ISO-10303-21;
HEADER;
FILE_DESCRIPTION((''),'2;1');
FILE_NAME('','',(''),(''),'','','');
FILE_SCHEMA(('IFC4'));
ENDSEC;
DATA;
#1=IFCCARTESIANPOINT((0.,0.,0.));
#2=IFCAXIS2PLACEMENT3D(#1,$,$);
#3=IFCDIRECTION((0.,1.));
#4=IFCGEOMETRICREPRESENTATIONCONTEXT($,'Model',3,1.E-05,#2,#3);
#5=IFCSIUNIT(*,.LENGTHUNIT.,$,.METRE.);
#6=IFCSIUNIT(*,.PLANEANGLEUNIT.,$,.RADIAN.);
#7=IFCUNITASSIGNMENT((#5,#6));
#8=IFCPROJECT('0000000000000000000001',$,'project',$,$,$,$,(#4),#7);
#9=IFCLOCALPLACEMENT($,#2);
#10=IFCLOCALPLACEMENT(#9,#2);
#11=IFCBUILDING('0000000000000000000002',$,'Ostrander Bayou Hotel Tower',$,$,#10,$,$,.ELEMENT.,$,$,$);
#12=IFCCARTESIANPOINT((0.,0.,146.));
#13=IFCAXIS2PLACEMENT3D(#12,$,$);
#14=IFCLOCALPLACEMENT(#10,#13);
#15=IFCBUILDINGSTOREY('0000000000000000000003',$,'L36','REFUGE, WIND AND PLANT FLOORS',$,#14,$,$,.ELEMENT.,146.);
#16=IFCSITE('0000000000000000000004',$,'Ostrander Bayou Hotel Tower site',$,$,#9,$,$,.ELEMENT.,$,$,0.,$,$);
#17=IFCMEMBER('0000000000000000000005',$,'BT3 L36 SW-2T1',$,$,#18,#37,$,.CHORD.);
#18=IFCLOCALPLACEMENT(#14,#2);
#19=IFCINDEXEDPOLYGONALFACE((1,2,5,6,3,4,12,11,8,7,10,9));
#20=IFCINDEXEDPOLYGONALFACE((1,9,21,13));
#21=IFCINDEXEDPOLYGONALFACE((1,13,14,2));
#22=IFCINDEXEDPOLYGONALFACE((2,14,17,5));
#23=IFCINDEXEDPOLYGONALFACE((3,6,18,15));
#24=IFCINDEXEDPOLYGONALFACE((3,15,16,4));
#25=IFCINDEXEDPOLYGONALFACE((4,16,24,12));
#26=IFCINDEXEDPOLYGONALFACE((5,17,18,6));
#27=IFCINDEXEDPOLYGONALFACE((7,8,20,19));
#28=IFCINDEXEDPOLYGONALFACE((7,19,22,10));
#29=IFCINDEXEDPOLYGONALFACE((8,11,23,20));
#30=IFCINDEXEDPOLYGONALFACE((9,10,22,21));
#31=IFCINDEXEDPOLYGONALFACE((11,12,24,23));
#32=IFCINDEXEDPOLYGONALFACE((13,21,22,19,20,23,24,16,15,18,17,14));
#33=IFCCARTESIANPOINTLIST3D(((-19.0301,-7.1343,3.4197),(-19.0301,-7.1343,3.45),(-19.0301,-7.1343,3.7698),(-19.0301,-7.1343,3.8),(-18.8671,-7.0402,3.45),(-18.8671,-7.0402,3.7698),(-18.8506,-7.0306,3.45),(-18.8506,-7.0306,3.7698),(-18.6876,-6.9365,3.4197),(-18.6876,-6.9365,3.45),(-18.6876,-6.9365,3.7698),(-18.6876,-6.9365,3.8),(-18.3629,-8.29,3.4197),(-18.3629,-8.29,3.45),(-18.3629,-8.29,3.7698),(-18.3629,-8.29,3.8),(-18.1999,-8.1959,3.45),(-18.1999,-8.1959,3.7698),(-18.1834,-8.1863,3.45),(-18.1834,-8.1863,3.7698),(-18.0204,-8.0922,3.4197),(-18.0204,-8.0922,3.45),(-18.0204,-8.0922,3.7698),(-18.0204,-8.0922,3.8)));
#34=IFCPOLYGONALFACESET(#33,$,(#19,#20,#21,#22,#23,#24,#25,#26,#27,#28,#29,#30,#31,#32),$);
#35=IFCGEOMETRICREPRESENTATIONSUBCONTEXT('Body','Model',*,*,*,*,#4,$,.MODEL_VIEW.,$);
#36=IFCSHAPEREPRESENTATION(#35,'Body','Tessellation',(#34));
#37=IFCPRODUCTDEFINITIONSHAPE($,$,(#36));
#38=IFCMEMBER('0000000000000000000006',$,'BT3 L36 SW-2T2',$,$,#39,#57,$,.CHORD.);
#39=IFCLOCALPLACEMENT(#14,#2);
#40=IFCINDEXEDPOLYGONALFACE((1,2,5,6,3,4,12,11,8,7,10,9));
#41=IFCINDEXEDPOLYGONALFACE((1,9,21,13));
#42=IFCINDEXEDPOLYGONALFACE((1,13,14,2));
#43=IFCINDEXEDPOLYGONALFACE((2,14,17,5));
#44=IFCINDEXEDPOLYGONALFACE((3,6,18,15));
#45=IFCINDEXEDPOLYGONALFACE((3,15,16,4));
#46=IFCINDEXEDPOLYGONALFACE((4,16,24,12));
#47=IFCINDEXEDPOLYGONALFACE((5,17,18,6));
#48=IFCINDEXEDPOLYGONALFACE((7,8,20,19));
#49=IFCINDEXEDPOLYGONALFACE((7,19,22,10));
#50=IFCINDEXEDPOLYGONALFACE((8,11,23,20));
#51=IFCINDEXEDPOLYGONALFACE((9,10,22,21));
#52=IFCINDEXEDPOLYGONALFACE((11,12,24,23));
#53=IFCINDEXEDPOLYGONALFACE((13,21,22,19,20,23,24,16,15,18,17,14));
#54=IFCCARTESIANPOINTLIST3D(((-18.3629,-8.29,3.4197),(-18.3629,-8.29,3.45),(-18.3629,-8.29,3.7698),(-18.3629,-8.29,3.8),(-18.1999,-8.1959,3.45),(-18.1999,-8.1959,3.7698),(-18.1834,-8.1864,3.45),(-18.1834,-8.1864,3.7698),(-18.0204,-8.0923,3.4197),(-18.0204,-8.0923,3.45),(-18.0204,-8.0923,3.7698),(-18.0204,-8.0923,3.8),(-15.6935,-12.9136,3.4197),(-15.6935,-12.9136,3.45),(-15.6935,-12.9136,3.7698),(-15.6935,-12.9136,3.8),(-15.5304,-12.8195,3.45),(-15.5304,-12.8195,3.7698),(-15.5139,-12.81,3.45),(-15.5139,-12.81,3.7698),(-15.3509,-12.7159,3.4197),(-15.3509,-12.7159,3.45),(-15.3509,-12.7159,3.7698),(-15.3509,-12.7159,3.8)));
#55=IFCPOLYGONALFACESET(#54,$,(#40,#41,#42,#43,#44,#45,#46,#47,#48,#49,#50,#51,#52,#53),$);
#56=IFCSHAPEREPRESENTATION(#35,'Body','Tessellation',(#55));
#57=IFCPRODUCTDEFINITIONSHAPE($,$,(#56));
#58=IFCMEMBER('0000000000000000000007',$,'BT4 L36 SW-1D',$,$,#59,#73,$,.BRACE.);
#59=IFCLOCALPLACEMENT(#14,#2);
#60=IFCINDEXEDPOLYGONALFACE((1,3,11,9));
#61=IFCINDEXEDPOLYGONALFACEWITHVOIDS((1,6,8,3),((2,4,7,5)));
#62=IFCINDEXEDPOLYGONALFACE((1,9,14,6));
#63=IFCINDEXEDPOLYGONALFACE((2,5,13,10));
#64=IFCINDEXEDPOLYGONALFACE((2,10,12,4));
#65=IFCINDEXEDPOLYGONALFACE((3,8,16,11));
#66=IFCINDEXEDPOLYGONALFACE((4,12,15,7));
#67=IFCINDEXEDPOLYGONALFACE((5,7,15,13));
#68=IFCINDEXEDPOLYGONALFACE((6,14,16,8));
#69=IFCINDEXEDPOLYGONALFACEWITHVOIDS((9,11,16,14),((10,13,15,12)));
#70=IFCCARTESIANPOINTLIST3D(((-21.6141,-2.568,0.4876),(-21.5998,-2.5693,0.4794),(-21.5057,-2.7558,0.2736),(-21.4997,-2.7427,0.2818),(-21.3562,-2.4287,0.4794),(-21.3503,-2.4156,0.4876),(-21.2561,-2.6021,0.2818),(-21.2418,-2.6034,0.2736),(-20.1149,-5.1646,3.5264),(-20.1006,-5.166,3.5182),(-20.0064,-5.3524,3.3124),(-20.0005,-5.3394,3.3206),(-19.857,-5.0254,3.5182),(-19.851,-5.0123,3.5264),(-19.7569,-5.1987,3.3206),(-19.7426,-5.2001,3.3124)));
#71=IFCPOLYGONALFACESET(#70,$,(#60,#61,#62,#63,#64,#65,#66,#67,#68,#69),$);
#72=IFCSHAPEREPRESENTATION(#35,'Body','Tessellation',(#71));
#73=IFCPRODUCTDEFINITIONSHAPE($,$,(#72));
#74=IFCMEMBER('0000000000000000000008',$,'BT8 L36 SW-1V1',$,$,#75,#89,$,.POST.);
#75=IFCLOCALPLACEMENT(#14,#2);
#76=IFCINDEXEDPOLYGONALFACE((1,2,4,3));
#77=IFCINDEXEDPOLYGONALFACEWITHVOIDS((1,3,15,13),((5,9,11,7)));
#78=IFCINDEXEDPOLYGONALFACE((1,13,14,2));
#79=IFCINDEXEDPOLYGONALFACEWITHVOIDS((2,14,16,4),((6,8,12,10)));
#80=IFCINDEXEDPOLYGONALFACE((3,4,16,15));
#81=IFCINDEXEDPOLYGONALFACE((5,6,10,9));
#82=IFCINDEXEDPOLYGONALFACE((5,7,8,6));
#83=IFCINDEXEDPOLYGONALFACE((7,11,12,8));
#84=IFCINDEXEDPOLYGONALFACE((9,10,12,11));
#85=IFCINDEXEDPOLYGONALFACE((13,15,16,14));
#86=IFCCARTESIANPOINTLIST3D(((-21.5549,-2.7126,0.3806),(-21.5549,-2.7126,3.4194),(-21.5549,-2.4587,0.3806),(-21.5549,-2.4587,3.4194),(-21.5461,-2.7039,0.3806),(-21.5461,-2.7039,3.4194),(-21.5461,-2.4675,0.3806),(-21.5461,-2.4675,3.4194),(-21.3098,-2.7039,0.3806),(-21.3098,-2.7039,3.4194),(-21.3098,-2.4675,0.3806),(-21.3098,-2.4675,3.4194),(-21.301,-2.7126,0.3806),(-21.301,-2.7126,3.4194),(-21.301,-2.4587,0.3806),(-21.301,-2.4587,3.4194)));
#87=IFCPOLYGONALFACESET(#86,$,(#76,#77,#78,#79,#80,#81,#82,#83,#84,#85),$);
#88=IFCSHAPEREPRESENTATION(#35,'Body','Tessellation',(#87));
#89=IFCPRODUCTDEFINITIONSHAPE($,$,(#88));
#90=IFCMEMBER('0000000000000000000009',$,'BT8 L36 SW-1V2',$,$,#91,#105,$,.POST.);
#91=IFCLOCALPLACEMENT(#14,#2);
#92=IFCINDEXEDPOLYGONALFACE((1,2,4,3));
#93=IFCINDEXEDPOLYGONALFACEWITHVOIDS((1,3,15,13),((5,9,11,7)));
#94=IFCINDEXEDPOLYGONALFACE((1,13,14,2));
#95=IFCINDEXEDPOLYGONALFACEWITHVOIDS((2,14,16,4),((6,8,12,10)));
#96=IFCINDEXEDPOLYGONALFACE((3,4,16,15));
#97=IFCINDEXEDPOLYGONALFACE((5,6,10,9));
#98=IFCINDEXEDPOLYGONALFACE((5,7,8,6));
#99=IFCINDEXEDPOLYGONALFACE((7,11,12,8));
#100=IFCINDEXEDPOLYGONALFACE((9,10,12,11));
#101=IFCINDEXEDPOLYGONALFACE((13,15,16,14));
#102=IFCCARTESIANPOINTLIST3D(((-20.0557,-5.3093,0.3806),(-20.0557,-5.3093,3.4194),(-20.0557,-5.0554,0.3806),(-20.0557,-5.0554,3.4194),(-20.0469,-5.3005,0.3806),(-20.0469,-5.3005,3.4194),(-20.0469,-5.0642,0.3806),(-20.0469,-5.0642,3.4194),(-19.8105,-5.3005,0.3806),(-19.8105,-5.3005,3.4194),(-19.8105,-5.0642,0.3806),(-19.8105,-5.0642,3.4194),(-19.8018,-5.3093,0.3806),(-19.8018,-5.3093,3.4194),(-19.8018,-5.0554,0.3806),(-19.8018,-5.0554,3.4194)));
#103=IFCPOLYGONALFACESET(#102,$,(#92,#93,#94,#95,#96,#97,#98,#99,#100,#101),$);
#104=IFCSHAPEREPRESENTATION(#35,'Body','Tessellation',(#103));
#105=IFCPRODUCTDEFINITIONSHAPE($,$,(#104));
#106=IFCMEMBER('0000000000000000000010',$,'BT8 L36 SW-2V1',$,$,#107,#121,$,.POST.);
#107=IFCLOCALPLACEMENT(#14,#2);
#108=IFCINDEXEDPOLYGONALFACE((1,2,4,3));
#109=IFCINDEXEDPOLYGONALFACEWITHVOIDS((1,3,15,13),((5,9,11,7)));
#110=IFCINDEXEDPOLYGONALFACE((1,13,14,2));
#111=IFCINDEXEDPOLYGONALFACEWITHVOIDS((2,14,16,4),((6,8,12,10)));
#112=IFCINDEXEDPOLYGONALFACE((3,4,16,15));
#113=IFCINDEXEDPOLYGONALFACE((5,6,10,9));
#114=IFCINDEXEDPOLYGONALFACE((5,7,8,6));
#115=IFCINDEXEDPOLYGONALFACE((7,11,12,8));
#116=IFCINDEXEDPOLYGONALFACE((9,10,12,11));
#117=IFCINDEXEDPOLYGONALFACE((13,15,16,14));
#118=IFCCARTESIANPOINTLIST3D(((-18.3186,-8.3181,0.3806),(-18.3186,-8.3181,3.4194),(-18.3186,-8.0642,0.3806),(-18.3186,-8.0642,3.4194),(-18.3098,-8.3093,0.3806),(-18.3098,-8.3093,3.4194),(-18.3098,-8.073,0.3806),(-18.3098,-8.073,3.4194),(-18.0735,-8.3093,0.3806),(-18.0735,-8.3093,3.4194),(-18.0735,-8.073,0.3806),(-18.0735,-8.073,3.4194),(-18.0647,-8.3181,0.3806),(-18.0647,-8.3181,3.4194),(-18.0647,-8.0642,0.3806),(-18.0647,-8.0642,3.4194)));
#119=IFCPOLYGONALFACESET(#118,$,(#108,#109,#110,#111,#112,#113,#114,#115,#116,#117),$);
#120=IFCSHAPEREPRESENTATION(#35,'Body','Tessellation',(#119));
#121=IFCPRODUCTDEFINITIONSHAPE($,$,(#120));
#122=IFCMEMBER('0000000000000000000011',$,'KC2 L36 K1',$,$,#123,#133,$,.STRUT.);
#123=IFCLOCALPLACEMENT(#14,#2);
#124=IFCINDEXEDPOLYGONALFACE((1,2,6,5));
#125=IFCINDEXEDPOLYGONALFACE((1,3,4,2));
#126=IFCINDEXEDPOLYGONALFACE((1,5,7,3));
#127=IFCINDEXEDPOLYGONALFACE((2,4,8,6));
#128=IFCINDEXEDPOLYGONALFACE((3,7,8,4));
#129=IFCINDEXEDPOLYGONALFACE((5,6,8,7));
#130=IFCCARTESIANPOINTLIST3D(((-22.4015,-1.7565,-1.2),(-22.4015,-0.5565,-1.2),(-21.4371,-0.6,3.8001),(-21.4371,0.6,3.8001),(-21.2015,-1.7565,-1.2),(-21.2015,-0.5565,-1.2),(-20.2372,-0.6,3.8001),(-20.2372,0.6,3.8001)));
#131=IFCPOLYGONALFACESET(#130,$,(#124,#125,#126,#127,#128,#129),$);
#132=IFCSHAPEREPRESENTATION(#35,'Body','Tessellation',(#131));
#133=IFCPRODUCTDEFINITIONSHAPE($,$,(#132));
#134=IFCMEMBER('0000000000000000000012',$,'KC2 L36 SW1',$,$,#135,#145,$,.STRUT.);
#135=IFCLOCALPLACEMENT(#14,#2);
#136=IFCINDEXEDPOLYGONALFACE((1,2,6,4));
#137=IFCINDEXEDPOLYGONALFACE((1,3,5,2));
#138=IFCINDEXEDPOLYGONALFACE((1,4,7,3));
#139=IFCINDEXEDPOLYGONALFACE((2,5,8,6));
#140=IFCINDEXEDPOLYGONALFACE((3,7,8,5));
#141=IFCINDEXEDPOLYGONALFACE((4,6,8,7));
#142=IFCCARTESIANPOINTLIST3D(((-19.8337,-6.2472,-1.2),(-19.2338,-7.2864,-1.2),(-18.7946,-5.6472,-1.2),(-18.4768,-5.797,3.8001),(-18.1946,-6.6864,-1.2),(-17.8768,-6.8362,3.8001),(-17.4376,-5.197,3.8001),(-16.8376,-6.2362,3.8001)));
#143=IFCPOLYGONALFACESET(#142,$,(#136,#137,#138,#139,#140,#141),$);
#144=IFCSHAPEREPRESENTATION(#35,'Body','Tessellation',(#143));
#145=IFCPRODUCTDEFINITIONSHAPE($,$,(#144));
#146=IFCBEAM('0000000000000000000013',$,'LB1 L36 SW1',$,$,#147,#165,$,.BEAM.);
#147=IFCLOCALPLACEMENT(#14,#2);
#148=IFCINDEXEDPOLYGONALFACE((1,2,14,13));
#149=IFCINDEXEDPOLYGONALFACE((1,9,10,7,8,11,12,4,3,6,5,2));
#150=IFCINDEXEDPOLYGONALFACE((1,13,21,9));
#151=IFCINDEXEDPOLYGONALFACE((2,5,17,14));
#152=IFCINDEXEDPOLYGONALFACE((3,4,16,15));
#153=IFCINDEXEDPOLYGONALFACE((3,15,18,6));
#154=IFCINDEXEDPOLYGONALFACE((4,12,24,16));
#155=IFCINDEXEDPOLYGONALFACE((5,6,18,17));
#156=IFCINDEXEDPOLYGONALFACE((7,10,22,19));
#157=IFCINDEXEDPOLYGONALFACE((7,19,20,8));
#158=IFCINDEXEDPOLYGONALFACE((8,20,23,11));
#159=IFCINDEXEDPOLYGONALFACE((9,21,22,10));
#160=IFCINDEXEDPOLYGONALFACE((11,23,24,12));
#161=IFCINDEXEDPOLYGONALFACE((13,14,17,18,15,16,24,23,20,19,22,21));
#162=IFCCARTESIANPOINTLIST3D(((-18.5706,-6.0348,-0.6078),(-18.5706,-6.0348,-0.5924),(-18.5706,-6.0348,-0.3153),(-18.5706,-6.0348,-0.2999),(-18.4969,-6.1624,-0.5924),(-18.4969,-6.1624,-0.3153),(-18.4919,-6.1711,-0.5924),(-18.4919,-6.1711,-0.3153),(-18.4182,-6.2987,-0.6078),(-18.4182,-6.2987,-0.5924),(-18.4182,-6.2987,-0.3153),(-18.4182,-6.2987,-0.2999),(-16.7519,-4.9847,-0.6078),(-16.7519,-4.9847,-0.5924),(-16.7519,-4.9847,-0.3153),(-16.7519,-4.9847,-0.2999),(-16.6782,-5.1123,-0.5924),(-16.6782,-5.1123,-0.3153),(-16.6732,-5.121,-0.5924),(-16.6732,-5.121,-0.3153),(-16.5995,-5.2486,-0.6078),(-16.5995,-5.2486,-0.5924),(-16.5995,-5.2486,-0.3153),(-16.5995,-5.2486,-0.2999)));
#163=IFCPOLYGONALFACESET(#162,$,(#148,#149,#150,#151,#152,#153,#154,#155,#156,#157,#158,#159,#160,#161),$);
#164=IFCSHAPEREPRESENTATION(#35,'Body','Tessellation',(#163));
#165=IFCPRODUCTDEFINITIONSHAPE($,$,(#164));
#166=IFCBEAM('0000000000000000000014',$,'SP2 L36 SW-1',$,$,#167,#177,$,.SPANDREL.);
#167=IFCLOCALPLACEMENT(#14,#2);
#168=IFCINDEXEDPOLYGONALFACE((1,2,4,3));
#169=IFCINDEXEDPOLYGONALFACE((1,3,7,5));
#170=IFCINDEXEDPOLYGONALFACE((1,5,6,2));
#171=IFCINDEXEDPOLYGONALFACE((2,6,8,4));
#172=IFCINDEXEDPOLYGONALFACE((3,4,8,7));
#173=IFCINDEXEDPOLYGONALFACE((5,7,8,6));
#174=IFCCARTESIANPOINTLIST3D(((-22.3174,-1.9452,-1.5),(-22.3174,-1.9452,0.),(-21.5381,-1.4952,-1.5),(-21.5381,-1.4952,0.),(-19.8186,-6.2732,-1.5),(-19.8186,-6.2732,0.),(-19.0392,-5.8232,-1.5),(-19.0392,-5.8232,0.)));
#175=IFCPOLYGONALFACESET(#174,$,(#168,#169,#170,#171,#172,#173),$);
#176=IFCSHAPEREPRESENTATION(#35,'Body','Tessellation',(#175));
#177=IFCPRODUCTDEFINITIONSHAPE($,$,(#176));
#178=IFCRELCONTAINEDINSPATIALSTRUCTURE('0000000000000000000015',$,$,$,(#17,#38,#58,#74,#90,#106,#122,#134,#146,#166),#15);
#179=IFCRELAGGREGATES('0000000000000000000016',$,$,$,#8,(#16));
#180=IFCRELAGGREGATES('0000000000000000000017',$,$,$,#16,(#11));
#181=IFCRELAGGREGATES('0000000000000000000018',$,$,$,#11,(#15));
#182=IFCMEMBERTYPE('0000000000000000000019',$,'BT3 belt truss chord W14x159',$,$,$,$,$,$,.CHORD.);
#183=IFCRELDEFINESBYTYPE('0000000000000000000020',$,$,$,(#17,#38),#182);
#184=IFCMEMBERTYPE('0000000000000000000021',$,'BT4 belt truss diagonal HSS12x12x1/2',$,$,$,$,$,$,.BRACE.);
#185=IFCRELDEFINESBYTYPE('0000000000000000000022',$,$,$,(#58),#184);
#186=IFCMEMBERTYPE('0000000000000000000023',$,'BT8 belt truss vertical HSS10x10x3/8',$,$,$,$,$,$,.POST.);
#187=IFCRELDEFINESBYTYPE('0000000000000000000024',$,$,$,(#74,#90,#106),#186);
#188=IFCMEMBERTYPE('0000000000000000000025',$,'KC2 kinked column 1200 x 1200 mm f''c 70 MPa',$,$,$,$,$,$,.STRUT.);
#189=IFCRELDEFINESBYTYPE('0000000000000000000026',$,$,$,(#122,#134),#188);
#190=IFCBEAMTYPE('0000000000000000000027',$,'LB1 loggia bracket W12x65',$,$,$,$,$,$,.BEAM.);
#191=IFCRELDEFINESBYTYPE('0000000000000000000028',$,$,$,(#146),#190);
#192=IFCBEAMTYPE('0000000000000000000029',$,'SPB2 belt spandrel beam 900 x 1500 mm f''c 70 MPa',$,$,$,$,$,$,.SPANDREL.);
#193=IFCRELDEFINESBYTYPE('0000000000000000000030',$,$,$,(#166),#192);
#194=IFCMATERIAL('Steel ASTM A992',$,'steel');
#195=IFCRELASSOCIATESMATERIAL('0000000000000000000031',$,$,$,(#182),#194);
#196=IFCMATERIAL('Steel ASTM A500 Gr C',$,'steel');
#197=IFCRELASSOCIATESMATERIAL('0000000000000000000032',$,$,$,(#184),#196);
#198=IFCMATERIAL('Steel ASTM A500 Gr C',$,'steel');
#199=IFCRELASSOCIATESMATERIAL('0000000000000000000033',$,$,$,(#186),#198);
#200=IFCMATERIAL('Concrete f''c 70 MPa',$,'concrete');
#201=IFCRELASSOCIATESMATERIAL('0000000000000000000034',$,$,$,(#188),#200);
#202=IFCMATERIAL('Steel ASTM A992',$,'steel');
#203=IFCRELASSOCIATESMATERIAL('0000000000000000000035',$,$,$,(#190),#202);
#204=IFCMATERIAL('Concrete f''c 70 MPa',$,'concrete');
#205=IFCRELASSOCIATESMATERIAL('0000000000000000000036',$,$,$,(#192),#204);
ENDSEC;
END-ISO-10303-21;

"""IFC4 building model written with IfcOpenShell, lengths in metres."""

from ifc_helpers import new_model, si_unit, direction, frame, origin, origin_2d, place, context, subcontext, project, spatial, rectangle, hollow_rectangle, i_section, extrude, material, material_profile, profile_set, type_object, element, save


model = new_model("IFC4")

# Units and contexts
model_context = context("Model", 3, precision=1e-05, world=origin(), true_north=direction((0.0, 1.0)))
body_context = subcontext(model_context, "Body", "Model", "MODEL_VIEW")
ifc_project = project(units=[si_unit("LENGTHUNIT", "METRE"), si_unit("PLANEANGLEUNIT", "RADIAN")], contexts=[model_context])

# Site, building, storey
site_placement = place(None, origin())
site = spatial("IfcSite", under=ifc_project, at=site_placement, Name="Ostrander Bayou Hotel Tower site", CompositionType="ELEMENT", RefElevation=0.0)
building_placement = place(site_placement, origin())
building = spatial("IfcBuilding", under=site, at=building_placement, Name="Ostrander Bayou Hotel Tower", CompositionType="ELEMENT")
storey_placement = place(building_placement, frame((0.0, 0.0, 146.0)))
storey = spatial("IfcBuildingStorey", under=building, at=storey_placement, Name="L36", Description="REFUGE, WIND AND PLANT FLOORS", CompositionType="ELEMENT", Elevation=146.0)

# Members
ifc_material_1 = material(Name="Steel ASTM A992", Category="steel")
ifc_material_profile_1 = material_profile(ifc_material_1, i_section(OverallWidth=0.3955, OverallDepth=0.3804, WebThickness=0.019, FlangeThickness=0.0303, at=origin_2d()))
ifc_profile_set_1 = profile_set([ifc_material_profile_1], Name="Steel ASTM A992")
member_type_1 = type_object("IfcMemberType", Name="BT3 belt truss chord W14x159", PredefinedType="CHORD", material=ifc_profile_set_1)
member_1_placement = place(storey_placement, frame((-18.8589, -7.0354, 3.6099), z_axis=(0.499976, -0.866039, 0.0), x_axis=(0.866039, 0.499976, 0.0)))
element("IfcMember", 1, at=member_1_placement, inside=storey, type_object=member_type_1, Name="BT3 L36 SW-2T1", PredefinedType="CHORD", context=body_context, shape_type="SweptSolid", body=[
    extrude(i_section(OverallWidth=0.3955, OverallDepth=0.3804, WebThickness=0.019, FlangeThickness=0.0303, at=origin_2d()), origin(), (0.0, 0.0, 1.0), 1.3345),
])
member_2_placement = place(storey_placement, frame((-18.1917, -8.1912, 3.6099), z_axis=(0.500005, -0.866023, 0.0), x_axis=(0.866023, 0.500005, 0.0)))
element("IfcMember", 2, at=member_2_placement, inside=storey, type_object=member_type_1, Name="BT3 L36 SW-2T2", PredefinedType="CHORD", context=body_context, shape_type="SweptSolid", body=[
    extrude(i_section(OverallWidth=0.3955, OverallDepth=0.3804, WebThickness=0.019, FlangeThickness=0.0303, at=origin_2d()), origin(), (0.0, 0.0, 1.0), 5.3389),
])
ifc_material_2 = material(Name="Steel ASTM A500 Gr C", Category="steel")
ifc_material_profile_2 = material_profile(ifc_material_2, hollow_rectangle(XDim=0.3047, YDim=0.3047, WallThickness=0.0117, at=origin_2d()))
ifc_profile_set_2 = profile_set([ifc_material_profile_2], Name="Steel ASTM A500 Gr C")
member_type_2 = type_object("IfcMemberType", Name="BT4 belt truss diagonal HSS12x12x1/2", PredefinedType="BRACE", material=ifc_profile_set_2)
member_3_placement = place(storey_placement, frame((-21.428, -2.5857, 0.3806), z_axis=(0.351193, -0.608254, 0.711822), x_axis=(0.866015, 0.500018, 0.0)))
element("IfcMember", 3, at=member_3_placement, inside=storey, type_object=member_type_2, Name="BT4 L36 SW-1D", PredefinedType="BRACE", context=body_context, shape_type="SweptSolid", body=[
    extrude(hollow_rectangle(XDim=0.3047, YDim=0.3047, WallThickness=0.0117, at=origin_2d()), origin(), (0.0, 0.0, 1.0), 4.269),
])
ifc_material_3 = material(Name="Steel ASTM A500 Gr C", Category="steel")
ifc_material_profile_3 = material_profile(ifc_material_3, hollow_rectangle(XDim=0.2539, YDim=0.2539, WallThickness=0.0088, at=origin_2d()))
ifc_profile_set_3 = profile_set([ifc_material_profile_3], Name="Steel ASTM A500 Gr C")
member_type_3 = type_object("IfcMemberType", Name="BT8 belt truss vertical HSS10x10x3/8", PredefinedType="POST", material=ifc_profile_set_3)
for number, where, z_axis, x_axis, name in (
    (4, (-21.428, -2.5857, 0.3806), (0.0, 0.0, 1.0), (1.0, 0.0, 0.0), "BT8 L36 SW-1V1"),
    (5, (-19.9287, -5.1824, 0.3806), (0.0, 0.0, 1.0), (1.0, 0.0, 0.0), "BT8 L36 SW-1V2"),
    (6, (-18.1917, -8.1912, 0.3806), (0.0, 0.0, 1.0), (1.0, 0.0, 0.0), "BT8 L36 SW-2V1"),
):
    element("IfcMember", number, at=place(storey_placement, frame(where, z_axis=z_axis, x_axis=x_axis)), inside=storey, type_object=member_type_3, Name=name, PredefinedType="POST", context=body_context, shape_type="SweptSolid", body=[
        extrude(hollow_rectangle(XDim=0.2539, YDim=0.2539, WallThickness=0.0088, at=origin_2d()), origin(), (0.0, 0.0, 1.0), 3.0388),
    ])
ifc_material_4 = material(Name="Concrete f'c 70 MPa", Category="concrete")
ifc_material_profile_4 = material_profile(ifc_material_4, rectangle(XDim=1.2, YDim=1.2, at=origin_2d()))
ifc_profile_set_4 = profile_set([ifc_material_profile_4], Name="Concrete f'c 70 MPa")
member_type_4 = type_object("IfcMemberType", Name="KC2 kinked column 1200 x 1200 mm f'c 70 MPa", PredefinedType="STRUT", material=ifc_profile_set_4)
member_4_placement = place(storey_placement, frame((-21.8015, -1.1565, -1.2), z_axis=(0.0, 0.0, 1.0), x_axis=(1.0, 0.0, 0.0)))
element("IfcMember", 7, at=member_4_placement, inside=storey, type_object=member_type_4, Name="KC2 L36 K1", PredefinedType="STRUT", context=body_context, shape_type="SweptSolid", body=[
    extrude(rectangle(XDim=1.2, YDim=1.2, at=origin_2d()), origin(), (0.184678, 0.221473, 0.95752), 5.2219),
])
member_5_placement = place(storey_placement, frame((-19.0142, -6.4668, -1.2), z_axis=(0.0, 0.0, 1.0), x_axis=(-0.5, 0.866025, 0.0)))
element("IfcMember", 8, at=member_5_placement, inside=storey, type_object=member_type_4, Name="KC2 L36 SW1", PredefinedType="STRUT", context=body_context, shape_type="SweptSolid", body=[
    extrude(rectangle(XDim=1.2, YDim=1.2, at=origin_2d()), origin(), (-0.055493, -0.269257, 0.961468), 5.2004),
])

# Beams
ifc_material_5 = material(Name="Steel ASTM A992", Category="steel")
ifc_material_profile_5 = material_profile(ifc_material_5, i_section(OverallWidth=0.3047, OverallDepth=0.3079, WebThickness=0.01, FlangeThickness=0.0154, at=origin_2d()))
ifc_profile_set_5 = profile_set([ifc_material_profile_5], Name="Steel ASTM A992")
beam_type_1 = type_object("IfcBeamType", Name="LB1 loggia bracket W12x65", PredefinedType="BEAM", material=ifc_profile_set_5)
beam_1_placement = place(storey_placement, frame((-18.4944, -6.1667, -0.4539), z_axis=(0.866009, 0.500028, 0.0), x_axis=(-0.500028, 0.866009, 0.0)))
element("IfcBeam", 9, at=beam_1_placement, inside=storey, type_object=beam_type_1, Name="LB1 L36 SW1", PredefinedType="BEAM", context=body_context, shape_type="SweptSolid", body=[
    extrude(i_section(OverallWidth=0.3047, OverallDepth=0.3079, WebThickness=0.01, FlangeThickness=0.0154, at=origin_2d()), origin(), (0.0, 0.0, 1.0), 2.1001),
])
ifc_material_6 = material(Name="Concrete f'c 70 MPa", Category="concrete")
ifc_material_profile_6 = material_profile(ifc_material_6, rectangle(XDim=0.8999, YDim=1.5, at=origin_2d()))
ifc_profile_set_6 = profile_set([ifc_material_profile_6], Name="Concrete f'c 70 MPa")
beam_type_2 = type_object("IfcBeamType", Name="SPB2 belt spandrel beam 900 x 1500 mm f'c 70 MPa", PredefinedType="SPANDREL", material=ifc_profile_set_6)
beam_2_placement = place(storey_placement, frame((-21.9277, -1.7202, -0.75), z_axis=(0.500011, -0.866019, 0.0), x_axis=(0.866019, 0.500011, 0.0)))
element("IfcBeam", 10, at=beam_2_placement, inside=storey, type_object=beam_type_2, Name="SP2 L36 SW-1", PredefinedType="SPANDREL", context=body_context, shape_type="SweptSolid", body=[
    extrude(rectangle(XDim=0.8999, YDim=1.5, at=origin_2d()), origin(), (0.0, 0.0, 1.0), 4.9976),
])

save(model, "model.ifc")
